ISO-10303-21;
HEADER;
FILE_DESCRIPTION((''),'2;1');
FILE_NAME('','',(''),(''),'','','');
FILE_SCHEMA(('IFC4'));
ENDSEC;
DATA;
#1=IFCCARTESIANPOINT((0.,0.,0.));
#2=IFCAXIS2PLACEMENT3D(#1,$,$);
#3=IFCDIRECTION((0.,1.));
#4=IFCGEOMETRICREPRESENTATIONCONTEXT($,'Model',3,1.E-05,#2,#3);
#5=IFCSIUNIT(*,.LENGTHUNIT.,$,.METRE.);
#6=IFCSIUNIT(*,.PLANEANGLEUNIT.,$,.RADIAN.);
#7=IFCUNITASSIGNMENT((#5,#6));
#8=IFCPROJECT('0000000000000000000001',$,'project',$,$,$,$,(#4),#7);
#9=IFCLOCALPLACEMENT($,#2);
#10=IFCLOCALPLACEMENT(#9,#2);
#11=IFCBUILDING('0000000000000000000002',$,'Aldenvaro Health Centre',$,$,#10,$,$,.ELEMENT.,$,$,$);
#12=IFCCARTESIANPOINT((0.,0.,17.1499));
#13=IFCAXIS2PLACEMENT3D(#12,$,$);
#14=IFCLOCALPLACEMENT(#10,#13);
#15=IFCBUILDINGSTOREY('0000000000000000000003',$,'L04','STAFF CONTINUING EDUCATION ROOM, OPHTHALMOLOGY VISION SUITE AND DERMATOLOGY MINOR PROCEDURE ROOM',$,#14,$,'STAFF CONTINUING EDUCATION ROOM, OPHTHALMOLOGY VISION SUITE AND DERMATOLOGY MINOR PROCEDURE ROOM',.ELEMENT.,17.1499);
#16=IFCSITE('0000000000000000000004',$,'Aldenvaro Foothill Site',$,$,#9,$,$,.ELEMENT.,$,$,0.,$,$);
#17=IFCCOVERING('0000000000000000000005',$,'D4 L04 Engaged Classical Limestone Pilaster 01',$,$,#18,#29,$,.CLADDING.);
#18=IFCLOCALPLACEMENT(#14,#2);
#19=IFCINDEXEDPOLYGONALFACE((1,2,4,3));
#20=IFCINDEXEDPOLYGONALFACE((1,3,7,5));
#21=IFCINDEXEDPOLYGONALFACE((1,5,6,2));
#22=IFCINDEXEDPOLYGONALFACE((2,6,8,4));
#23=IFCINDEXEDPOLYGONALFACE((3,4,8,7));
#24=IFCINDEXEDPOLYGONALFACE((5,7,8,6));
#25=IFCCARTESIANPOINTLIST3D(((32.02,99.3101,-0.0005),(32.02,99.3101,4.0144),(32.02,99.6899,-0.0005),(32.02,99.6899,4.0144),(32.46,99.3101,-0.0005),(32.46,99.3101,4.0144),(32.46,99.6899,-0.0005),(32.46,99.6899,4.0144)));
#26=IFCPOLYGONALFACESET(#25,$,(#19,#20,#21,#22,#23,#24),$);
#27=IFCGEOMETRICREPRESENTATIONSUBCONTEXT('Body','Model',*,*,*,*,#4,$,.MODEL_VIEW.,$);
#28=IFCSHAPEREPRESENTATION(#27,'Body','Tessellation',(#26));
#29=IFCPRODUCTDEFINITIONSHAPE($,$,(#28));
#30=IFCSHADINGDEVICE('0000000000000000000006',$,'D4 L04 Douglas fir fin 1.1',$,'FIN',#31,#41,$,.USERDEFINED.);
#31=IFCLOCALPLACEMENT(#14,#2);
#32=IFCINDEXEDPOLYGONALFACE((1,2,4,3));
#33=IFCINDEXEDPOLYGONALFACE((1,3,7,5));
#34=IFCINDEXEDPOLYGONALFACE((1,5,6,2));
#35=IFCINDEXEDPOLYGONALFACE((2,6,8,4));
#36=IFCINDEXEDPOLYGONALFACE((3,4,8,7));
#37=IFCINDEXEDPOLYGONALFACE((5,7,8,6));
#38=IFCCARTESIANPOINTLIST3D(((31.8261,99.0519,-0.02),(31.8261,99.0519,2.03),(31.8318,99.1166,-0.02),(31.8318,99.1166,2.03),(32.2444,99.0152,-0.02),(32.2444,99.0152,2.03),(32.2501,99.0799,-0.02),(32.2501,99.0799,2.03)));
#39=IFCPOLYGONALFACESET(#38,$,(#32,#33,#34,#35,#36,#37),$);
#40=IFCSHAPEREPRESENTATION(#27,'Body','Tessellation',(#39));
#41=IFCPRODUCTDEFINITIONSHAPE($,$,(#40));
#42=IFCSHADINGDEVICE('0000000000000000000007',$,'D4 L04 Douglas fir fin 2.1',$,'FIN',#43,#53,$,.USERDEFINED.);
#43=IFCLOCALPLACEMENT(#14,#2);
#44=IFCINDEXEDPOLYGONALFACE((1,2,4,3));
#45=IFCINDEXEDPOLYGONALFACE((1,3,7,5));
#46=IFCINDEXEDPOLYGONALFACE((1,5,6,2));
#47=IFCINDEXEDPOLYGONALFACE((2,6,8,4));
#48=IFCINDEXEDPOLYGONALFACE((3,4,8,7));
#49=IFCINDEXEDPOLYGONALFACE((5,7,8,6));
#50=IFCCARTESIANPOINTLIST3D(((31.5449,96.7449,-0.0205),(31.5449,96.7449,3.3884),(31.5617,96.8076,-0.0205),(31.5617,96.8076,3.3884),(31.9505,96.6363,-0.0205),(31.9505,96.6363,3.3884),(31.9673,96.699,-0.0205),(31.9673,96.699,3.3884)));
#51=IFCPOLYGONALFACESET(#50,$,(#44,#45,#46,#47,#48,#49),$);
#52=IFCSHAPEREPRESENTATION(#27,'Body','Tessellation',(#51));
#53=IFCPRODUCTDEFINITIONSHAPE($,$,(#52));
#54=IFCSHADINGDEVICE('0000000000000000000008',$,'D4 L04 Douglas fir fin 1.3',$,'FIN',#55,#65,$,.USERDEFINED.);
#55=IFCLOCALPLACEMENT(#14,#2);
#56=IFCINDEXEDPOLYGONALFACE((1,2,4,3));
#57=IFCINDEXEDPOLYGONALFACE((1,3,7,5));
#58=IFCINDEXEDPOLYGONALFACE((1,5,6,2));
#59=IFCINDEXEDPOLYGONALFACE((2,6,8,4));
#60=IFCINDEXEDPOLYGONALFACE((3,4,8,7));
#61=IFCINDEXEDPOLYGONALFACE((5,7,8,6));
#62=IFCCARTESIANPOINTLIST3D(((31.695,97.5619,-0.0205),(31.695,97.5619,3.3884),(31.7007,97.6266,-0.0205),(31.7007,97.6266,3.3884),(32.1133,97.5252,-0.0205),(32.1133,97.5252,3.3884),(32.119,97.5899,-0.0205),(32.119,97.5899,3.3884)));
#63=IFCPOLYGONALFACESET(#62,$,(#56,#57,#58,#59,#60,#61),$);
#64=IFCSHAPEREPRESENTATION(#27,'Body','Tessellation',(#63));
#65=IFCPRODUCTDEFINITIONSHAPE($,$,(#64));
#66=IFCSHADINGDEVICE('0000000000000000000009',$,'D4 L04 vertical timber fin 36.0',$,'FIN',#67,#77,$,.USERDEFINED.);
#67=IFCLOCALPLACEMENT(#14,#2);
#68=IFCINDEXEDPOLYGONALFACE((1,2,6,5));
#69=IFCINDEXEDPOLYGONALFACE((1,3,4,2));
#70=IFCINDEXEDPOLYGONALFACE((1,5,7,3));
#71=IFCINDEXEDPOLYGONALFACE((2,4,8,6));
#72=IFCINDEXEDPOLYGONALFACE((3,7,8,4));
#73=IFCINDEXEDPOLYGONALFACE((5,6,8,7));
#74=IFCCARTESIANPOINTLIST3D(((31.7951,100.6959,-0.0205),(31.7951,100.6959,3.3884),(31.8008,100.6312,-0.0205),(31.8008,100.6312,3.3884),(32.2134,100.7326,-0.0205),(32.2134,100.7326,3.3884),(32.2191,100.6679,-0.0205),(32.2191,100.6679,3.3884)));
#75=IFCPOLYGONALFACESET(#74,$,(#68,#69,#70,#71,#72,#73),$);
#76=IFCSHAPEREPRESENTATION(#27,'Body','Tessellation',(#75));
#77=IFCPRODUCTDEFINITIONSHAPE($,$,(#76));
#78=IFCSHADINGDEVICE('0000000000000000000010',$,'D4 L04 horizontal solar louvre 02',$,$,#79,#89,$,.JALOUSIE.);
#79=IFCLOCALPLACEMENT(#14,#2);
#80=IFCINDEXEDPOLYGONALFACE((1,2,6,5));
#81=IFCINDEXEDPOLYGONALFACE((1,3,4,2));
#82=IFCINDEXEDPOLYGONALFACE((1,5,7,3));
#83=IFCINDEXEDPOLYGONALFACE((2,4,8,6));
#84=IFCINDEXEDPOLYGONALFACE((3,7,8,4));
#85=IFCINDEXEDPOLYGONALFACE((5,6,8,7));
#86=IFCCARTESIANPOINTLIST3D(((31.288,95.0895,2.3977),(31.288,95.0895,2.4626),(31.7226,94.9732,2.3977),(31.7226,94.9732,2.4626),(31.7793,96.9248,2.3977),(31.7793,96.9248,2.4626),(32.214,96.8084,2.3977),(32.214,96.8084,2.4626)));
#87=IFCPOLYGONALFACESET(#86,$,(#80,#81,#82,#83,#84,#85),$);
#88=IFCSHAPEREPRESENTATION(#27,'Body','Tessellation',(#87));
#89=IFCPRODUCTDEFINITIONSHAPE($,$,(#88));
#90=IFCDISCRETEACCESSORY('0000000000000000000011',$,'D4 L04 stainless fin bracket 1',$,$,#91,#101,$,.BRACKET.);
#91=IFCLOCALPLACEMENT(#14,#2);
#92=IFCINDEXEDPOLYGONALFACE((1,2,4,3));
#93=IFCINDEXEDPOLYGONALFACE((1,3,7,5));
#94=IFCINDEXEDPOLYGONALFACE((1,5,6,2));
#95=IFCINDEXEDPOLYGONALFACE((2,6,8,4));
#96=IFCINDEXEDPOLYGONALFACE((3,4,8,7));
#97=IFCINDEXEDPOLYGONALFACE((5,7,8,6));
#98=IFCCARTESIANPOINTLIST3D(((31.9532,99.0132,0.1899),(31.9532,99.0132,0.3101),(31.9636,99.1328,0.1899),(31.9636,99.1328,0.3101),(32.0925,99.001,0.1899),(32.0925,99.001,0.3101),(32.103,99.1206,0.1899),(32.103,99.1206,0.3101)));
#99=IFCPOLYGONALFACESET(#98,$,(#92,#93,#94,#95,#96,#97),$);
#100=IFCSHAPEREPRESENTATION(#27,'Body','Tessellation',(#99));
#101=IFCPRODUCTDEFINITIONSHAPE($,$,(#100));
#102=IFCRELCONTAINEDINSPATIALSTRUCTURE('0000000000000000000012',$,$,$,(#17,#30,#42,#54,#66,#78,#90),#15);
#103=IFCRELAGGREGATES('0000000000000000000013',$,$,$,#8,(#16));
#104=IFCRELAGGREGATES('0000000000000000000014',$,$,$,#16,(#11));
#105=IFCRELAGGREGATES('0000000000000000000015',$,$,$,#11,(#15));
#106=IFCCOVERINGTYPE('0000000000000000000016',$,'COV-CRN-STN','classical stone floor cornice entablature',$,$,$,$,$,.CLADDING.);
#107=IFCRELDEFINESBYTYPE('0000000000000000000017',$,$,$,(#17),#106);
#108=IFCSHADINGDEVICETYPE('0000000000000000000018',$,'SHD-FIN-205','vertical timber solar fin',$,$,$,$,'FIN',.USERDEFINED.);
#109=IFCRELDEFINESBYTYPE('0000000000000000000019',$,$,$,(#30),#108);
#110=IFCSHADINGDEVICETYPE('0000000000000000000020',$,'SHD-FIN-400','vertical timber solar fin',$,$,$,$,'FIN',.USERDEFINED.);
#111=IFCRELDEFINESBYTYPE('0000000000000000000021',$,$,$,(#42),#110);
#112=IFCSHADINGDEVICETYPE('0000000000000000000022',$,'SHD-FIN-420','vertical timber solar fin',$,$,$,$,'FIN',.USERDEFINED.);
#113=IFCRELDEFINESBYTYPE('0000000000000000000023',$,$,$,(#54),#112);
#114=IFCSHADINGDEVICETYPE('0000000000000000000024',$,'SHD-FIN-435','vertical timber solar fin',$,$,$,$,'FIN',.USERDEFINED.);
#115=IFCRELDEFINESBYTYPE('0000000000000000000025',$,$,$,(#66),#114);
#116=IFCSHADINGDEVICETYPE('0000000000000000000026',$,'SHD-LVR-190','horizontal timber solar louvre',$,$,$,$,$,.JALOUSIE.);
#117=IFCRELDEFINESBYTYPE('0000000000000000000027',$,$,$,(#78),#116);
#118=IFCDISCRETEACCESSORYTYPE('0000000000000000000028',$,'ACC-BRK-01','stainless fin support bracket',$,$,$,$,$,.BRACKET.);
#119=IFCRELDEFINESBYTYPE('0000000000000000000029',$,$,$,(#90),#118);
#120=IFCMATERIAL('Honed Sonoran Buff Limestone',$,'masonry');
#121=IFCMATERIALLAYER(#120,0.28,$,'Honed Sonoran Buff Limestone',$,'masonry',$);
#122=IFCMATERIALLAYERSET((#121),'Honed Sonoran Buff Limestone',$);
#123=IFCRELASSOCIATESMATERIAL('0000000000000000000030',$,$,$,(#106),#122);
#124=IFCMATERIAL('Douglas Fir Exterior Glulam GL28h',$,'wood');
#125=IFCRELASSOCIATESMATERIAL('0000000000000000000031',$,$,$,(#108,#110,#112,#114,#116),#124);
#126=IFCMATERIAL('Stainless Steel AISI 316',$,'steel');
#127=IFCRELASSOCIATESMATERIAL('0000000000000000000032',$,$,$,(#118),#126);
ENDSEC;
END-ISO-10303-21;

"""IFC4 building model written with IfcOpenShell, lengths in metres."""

from ifc_helpers import new_model, si_unit, direction, frame, origin, origin_2d, place, context, subcontext, project, spatial, rectangle, extrude, material, layer, layer_set, type_object, element, save


model = new_model("IFC4")

# Units and contexts
model_context = context("Model", 3, precision=1e-05, world=origin(), true_north=direction((0.0, 1.0)))
body_context = subcontext(model_context, "Body", "Model", "MODEL_VIEW")
ifc_project = project(units=[si_unit("LENGTHUNIT", "METRE"), si_unit("PLANEANGLEUNIT", "RADIAN")], contexts=[model_context])

# Site, building, storey
site_placement = place(None, origin())
site = spatial("IfcSite", under=ifc_project, at=site_placement, Name="Aldenvaro Foothill Site", CompositionType="ELEMENT", RefElevation=0.0)
building_placement = place(site_placement, origin())
building = spatial("IfcBuilding", under=site, at=building_placement, Name="Aldenvaro Health Centre", CompositionType="ELEMENT")
storey_placement = place(building_placement, frame((0.0, 0.0, 17.1499)))
storey = spatial("IfcBuildingStorey", under=building, at=storey_placement, Name="L04", Description="STAFF CONTINUING EDUCATION ROOM, OPHTHALMOLOGY VISION SUITE AND DERMATOLOGY MINOR PROCEDURE ROOM", LongName="STAFF CONTINUING EDUCATION ROOM, OPHTHALMOLOGY VISION SUITE AND DERMATOLOGY MINOR PROCEDURE ROOM", CompositionType="ELEMENT", Elevation=17.1499)

# Covering
ifc_material_1 = material(Name="Honed Sonoran Buff Limestone", Category="masonry")
ifc_layer_1 = layer(ifc_material_1, 0.28, Name="Honed Sonoran Buff Limestone", Category="masonry")
ifc_layer_set_1 = layer_set([ifc_layer_1], Name="Honed Sonoran Buff Limestone")
covering_type = type_object("IfcCoveringType", Name="COV-CRN-STN", Description="classical stone floor cornice entablature", PredefinedType="CLADDING", material=ifc_layer_set_1)
covering_placement = place(storey_placement, frame((32.24, 99.5, -0.0005), z_axis=(0.0, 0.0, 1.0), x_axis=(1.0, 0.0, 0.0)))
element("IfcCovering", 1, at=covering_placement, inside=storey, type_object=covering_type, Name="D4 L04 Engaged Classical Limestone Pilaster 01", PredefinedType="CLADDING", context=body_context, shape_type="SweptSolid", body=[
    extrude(rectangle(XDim=0.4399, YDim=0.3799, at=origin_2d()), origin(), (0.0, 0.0, 1.0), 4.0149),
])

# Shading devices
ifc_material_2 = material(Name="Douglas Fir Exterior Glulam GL28h", Category="wood")
shading_device_type_1 = type_object("IfcShadingDeviceType", Name="SHD-FIN-205", Description="vertical timber solar fin", ElementType="FIN", PredefinedType="USERDEFINED", material=ifc_material_2)
shading_device_1_placement = place(storey_placement, frame((32.0381, 99.0659, -0.02), z_axis=(0.0, 0.0, 1.0), x_axis=(-0.087332, -0.996179, 0.0)))
element("IfcShadingDevice", 2, at=shading_device_1_placement, inside=storey, type_object=shading_device_type_1, Name="D4 L04 Douglas fir fin 1.1", ObjectType="FIN", PredefinedType="USERDEFINED", context=body_context, shape_type="SweptSolid", body=[
    extrude(rectangle(XDim=0.0649, YDim=0.4199, at=origin_2d()), origin(), (0.0, 0.0, 1.0), 2.05),
])
shading_device_type_2 = type_object("IfcShadingDeviceType", Name="SHD-FIN-400", Description="vertical timber solar fin", ElementType="FIN", PredefinedType="USERDEFINED", material=ifc_material_2)
shading_device_2_placement = place(storey_placement, frame((31.7561, 96.7219, -0.0205), z_axis=(0.0, 0.0, 1.0), x_axis=(-0.258622, -0.965979, 0.0)))
element("IfcShadingDevice", 3, at=shading_device_2_placement, inside=storey, type_object=shading_device_type_2, Name="D4 L04 Douglas fir fin 2.1", ObjectType="FIN", PredefinedType="USERDEFINED", context=body_context, shape_type="SweptSolid", body=[
    extrude(rectangle(XDim=0.0649, YDim=0.4199, at=origin_2d()), origin(), (0.0, 0.0, 1.0), 3.4089),
])
shading_device_type_3 = type_object("IfcShadingDeviceType", Name="SHD-FIN-420", Description="vertical timber solar fin", ElementType="FIN", PredefinedType="USERDEFINED", material=ifc_material_2)
shading_device_3_placement = place(storey_placement, frame((31.907, 97.5759, -0.0205), z_axis=(0.0, 0.0, 1.0), x_axis=(-0.087332, -0.996179, 0.0)))
element("IfcShadingDevice", 4, at=shading_device_3_placement, inside=storey, type_object=shading_device_type_3, Name="D4 L04 Douglas fir fin 1.3", ObjectType="FIN", PredefinedType="USERDEFINED", context=body_context, shape_type="SweptSolid", body=[
    extrude(rectangle(XDim=0.0649, YDim=0.4199, at=origin_2d()), origin(), (0.0, 0.0, 1.0), 3.4089),
])
shading_device_type_4 = type_object("IfcShadingDeviceType", Name="SHD-FIN-435", Description="vertical timber solar fin", ElementType="FIN", PredefinedType="USERDEFINED", material=ifc_material_2)
shading_device_4_placement = place(storey_placement, frame((32.0071, 100.6819, -0.0205), z_axis=(0.0, 0.0, 1.0), x_axis=(0.087332, -0.996179, 0.0)))
element("IfcShadingDevice", 5, at=shading_device_4_placement, inside=storey, type_object=shading_device_type_4, Name="D4 L04 vertical timber fin 36.0", ObjectType="FIN", PredefinedType="USERDEFINED", context=body_context, shape_type="SweptSolid", body=[
    extrude(rectangle(XDim=0.0649, YDim=0.4199, at=origin_2d()), origin(), (0.0, 0.0, 1.0), 3.4089),
])
shading_device_type_5 = type_object("IfcShadingDeviceType", Name="SHD-LVR-190", Description="horizontal timber solar louvre", PredefinedType="JALOUSIE", material=ifc_material_2)
shading_device_5_placement = place(storey_placement, frame((31.751, 95.949, 2.3977), z_axis=(0.0, 0.0, 1.0), x_axis=(-0.258622, -0.965979, 0.0)))
element("IfcShadingDevice", 6, at=shading_device_5_placement, inside=storey, type_object=shading_device_type_5, Name="D4 L04 horizontal solar louvre 02", PredefinedType="JALOUSIE", context=body_context, shape_type="SweptSolid", body=[
    extrude(rectangle(XDim=1.8999, YDim=0.45, at=origin_2d()), origin(), (0.0, 0.0, 1.0), 0.0649),
])

# Discrete accessory
ifc_material_3 = material(Name="Stainless Steel AISI 316", Category="steel")
discrete_accessory_type = type_object("IfcDiscreteAccessoryType", Name="ACC-BRK-01", Description="stainless fin support bracket", PredefinedType="BRACKET", material=ifc_material_3)
discrete_accessory_placement = place(storey_placement, frame((32.0281, 99.0669, 0.1899), z_axis=(0.0, 0.0, 1.0), x_axis=(-0.087332, -0.996179, 0.0)))
element("IfcDiscreteAccessory", 7, at=discrete_accessory_placement, inside=storey, type_object=discrete_accessory_type, Name="D4 L04 stainless fin bracket 1", PredefinedType="BRACKET", context=body_context, shape_type="SweptSolid", body=[
    extrude(rectangle(XDim=0.1201, YDim=0.1399, at=origin_2d()), origin(), (0.0, 0.0, 1.0), 0.1201),
])

save(model, "model.ifc")
